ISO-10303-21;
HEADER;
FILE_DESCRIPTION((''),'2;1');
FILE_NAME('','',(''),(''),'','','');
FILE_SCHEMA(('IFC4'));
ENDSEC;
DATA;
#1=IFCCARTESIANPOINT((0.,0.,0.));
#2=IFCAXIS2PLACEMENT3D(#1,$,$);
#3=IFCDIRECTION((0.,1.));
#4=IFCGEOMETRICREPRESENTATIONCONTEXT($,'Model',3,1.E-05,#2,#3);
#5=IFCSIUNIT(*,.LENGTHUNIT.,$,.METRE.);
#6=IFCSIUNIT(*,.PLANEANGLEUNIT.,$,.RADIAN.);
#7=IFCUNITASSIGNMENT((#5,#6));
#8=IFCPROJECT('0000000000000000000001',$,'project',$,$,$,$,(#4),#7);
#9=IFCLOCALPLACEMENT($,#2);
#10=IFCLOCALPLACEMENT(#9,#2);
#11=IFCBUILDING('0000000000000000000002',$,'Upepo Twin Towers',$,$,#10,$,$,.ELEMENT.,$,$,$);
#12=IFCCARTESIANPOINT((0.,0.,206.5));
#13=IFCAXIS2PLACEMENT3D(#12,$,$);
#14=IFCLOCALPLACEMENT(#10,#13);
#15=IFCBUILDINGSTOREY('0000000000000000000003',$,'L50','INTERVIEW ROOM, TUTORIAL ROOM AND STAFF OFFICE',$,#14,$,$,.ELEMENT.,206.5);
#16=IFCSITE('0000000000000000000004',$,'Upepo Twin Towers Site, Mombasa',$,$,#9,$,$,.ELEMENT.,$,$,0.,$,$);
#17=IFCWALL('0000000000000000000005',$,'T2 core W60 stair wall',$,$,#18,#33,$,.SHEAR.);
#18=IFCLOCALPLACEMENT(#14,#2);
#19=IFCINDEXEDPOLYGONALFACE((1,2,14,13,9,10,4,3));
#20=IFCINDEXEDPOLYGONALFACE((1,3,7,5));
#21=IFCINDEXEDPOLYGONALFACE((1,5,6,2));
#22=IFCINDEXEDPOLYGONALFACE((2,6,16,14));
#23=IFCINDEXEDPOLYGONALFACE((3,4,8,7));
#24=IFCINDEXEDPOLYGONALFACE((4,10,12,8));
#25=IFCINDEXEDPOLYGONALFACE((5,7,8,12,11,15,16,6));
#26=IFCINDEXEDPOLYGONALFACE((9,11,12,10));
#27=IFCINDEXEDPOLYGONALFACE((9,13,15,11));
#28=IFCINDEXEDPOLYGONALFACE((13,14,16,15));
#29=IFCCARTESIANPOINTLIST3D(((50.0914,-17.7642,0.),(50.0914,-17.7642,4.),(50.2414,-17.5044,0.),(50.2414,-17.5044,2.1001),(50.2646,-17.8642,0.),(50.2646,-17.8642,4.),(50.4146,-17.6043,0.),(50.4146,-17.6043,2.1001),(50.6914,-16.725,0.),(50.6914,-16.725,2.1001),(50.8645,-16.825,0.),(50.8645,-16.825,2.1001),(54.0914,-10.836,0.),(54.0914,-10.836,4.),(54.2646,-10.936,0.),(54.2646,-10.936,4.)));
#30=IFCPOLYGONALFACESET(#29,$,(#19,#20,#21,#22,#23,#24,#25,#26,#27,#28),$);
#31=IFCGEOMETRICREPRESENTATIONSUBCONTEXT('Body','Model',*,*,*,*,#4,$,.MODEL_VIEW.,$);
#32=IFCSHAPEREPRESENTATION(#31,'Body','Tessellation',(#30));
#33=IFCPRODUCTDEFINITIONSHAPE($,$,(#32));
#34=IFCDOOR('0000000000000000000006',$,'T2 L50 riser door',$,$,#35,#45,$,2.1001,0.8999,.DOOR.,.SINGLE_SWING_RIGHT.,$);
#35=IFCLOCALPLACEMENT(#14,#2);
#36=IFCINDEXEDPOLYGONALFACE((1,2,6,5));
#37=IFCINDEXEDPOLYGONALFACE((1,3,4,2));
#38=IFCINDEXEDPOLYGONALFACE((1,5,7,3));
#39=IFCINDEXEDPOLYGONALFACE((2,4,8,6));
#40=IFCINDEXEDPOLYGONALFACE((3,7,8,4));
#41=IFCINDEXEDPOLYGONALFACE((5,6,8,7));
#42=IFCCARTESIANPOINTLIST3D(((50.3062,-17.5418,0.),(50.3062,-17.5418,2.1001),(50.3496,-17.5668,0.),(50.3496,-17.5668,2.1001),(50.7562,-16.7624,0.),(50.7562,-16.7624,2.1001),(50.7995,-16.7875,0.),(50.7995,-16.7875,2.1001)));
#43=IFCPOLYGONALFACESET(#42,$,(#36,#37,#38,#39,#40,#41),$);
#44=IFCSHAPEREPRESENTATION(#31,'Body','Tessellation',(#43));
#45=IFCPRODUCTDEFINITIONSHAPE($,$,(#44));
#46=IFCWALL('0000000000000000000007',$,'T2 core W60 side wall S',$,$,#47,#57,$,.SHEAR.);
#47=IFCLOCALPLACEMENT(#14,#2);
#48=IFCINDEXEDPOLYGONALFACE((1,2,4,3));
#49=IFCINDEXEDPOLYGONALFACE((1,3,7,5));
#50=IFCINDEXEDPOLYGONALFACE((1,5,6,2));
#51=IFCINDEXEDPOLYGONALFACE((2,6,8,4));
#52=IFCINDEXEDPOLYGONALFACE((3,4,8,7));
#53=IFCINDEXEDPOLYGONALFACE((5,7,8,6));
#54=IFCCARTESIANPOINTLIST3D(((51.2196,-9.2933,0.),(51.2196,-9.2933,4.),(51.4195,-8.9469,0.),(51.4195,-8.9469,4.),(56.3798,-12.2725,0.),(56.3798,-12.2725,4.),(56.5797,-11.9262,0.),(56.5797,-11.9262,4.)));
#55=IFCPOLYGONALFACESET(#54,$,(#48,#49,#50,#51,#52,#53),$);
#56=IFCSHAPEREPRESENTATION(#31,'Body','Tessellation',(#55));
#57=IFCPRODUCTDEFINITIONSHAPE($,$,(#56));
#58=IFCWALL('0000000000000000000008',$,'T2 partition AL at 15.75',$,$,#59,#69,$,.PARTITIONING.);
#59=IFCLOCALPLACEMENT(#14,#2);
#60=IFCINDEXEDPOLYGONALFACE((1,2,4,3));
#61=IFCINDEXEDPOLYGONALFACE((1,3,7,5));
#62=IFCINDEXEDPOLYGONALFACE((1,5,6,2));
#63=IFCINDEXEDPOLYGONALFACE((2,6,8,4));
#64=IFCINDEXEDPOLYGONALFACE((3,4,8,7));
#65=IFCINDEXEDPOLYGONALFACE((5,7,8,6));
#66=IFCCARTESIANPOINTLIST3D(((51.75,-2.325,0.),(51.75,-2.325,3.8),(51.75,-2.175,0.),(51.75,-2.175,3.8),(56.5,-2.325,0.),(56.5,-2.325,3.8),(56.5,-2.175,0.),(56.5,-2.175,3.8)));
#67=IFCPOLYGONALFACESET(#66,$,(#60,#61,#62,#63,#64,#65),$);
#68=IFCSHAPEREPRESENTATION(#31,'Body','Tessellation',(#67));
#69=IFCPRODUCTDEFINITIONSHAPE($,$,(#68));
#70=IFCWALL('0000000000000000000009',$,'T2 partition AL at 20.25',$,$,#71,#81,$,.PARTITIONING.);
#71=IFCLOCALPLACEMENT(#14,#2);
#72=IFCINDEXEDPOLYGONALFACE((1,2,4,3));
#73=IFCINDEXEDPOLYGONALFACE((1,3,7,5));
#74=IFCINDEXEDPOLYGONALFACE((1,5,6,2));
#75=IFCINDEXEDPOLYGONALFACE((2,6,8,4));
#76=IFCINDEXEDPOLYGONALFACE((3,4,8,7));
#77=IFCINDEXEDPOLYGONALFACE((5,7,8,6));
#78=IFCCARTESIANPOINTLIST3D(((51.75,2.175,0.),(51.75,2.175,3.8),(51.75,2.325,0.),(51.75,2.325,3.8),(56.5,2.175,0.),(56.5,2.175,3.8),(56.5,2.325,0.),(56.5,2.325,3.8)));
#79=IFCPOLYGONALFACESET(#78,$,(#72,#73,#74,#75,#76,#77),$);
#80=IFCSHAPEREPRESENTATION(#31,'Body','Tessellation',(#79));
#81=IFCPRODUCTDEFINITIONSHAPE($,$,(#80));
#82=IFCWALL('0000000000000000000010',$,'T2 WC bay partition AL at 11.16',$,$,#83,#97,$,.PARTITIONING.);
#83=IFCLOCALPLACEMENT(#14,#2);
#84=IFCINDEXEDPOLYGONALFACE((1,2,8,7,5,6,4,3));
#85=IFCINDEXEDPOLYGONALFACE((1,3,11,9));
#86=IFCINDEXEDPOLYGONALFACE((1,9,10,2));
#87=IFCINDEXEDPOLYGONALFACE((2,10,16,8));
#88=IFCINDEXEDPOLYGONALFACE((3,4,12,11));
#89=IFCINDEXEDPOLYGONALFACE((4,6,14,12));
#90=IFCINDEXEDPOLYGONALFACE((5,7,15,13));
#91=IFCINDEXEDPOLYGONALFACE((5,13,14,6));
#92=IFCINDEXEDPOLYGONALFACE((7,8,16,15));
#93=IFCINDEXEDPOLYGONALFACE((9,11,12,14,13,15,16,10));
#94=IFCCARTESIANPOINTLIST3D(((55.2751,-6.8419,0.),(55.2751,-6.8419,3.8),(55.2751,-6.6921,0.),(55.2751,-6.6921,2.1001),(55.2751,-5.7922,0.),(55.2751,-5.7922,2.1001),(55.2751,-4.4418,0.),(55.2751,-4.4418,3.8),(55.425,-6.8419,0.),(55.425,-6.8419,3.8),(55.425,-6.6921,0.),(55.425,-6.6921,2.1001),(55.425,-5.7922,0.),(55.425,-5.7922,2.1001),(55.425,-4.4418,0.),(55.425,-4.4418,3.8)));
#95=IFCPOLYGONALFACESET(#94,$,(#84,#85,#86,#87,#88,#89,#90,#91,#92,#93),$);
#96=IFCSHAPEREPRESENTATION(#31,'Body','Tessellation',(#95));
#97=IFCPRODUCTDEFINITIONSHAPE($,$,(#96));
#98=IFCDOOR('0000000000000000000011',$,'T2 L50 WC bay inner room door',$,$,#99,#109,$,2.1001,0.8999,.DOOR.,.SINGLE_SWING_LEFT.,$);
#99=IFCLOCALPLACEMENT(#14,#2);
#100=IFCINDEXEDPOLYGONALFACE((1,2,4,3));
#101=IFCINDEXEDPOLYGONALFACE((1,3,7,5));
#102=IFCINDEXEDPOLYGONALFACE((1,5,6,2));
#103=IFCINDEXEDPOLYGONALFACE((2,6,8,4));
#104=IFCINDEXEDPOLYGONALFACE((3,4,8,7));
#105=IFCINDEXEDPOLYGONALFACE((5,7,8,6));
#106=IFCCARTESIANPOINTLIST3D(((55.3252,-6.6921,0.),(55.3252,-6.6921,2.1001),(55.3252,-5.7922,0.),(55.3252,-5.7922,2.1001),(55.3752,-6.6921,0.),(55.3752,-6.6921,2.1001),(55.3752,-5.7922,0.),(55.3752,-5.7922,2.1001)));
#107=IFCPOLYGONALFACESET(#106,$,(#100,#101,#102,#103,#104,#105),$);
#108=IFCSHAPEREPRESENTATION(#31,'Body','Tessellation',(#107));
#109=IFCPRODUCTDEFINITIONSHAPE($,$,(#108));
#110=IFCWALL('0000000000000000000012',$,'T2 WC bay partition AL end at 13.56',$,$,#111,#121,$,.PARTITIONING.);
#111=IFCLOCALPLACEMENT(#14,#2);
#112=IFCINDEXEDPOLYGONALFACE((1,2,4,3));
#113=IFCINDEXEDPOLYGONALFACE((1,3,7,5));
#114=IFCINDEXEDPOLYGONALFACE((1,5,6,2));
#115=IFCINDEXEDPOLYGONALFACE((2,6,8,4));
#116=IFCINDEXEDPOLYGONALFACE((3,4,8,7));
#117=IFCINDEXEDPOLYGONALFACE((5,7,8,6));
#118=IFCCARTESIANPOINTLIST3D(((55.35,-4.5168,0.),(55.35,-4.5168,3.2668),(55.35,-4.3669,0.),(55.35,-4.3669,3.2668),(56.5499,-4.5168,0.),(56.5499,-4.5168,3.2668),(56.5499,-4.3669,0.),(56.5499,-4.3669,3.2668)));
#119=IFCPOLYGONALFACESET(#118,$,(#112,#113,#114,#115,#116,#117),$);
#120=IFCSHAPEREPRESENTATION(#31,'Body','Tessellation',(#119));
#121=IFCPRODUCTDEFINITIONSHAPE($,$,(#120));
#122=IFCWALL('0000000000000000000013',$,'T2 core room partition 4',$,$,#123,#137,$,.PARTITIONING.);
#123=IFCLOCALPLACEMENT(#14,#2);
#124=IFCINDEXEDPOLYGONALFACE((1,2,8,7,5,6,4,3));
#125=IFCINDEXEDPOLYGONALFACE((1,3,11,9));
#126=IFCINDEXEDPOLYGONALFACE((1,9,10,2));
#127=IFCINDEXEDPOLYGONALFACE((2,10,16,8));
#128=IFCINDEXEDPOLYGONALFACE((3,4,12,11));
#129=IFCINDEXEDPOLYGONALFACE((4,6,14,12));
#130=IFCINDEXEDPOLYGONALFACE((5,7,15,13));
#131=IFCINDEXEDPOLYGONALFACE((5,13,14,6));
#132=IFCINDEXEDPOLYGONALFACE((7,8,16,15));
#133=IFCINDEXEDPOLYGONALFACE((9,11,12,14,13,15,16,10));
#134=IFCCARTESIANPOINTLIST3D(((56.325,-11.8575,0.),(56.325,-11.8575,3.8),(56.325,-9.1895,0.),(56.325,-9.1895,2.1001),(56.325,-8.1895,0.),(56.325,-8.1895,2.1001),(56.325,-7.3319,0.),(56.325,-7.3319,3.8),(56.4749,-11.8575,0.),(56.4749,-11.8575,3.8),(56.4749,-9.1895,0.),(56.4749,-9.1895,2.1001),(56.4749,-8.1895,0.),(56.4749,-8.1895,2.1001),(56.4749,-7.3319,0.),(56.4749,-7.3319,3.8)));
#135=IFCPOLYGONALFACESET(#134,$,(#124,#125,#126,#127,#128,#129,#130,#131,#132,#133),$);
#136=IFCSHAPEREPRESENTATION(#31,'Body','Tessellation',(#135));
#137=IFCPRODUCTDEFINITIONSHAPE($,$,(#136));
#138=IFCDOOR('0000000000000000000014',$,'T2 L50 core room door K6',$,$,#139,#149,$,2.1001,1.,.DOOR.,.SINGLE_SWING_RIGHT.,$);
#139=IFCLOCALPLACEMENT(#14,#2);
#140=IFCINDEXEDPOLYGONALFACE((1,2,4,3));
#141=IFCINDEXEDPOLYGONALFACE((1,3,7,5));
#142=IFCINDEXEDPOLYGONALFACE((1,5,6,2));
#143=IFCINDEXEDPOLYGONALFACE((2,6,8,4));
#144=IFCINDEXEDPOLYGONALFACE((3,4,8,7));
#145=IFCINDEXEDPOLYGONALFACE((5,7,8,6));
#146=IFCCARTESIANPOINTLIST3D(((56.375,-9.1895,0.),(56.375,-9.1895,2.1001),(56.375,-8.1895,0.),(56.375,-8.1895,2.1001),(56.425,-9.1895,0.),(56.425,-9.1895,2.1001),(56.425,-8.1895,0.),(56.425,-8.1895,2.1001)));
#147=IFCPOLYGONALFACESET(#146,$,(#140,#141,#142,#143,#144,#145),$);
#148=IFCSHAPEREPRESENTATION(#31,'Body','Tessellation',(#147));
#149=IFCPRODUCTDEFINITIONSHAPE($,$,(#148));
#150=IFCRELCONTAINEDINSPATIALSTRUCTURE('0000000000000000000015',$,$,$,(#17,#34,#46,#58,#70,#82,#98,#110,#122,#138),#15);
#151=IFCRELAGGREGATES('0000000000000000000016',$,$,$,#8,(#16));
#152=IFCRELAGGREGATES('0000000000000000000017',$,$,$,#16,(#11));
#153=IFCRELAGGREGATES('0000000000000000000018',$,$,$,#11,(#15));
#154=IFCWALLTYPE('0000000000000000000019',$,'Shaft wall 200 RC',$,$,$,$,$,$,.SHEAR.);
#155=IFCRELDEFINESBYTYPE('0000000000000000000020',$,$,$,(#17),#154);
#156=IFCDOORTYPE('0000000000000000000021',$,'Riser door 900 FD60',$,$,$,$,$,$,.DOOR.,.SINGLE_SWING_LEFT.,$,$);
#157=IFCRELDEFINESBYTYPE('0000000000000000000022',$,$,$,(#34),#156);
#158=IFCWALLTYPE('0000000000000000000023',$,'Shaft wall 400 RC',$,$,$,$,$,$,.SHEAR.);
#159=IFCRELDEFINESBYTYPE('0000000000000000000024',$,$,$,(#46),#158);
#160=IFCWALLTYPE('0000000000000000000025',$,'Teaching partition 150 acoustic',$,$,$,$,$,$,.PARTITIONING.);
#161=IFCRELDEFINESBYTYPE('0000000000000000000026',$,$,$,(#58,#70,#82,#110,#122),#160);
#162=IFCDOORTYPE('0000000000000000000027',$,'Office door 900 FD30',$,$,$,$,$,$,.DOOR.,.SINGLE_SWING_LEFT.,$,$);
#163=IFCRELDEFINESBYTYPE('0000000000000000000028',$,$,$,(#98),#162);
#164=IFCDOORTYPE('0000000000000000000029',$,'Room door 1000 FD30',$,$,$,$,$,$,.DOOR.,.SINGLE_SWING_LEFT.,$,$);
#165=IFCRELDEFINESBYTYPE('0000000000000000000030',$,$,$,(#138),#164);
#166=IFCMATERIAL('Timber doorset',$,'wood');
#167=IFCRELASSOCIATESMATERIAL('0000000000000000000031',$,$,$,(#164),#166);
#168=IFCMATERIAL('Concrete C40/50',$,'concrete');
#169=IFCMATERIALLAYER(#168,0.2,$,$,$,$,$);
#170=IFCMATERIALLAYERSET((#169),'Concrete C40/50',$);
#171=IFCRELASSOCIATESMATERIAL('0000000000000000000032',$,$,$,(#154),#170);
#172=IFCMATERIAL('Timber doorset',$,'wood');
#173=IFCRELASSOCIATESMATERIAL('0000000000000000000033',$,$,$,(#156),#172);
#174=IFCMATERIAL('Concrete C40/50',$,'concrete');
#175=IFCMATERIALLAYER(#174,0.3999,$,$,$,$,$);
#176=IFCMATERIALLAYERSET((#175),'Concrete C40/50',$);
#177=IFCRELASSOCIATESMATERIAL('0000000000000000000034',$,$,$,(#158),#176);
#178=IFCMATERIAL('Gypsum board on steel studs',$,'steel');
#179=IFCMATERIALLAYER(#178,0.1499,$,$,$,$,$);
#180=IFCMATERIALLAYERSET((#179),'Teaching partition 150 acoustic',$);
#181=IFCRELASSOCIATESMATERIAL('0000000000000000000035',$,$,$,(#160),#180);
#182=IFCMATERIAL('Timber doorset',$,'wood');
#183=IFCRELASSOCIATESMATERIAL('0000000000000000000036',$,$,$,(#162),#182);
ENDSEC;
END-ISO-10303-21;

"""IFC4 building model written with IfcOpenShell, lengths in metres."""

from ifc_helpers import new_model, si_unit, direction, frame, frame_2d, origin, place, context, subcontext, project, spatial, rectangle, extrude, material, layer, layer_set, type_object, element, fill, save


model = new_model("IFC4")

# Units and contexts
model_context = context("Model", 3, precision=1e-05, world=origin(), true_north=direction((0.0, 1.0)))
body_context = subcontext(model_context, "Body", "Model", "MODEL_VIEW")
ifc_project = project(units=[si_unit("LENGTHUNIT", "METRE"), si_unit("PLANEANGLEUNIT", "RADIAN")], contexts=[model_context])

# Site, building, storey
site_placement = place(None, origin())
site = spatial("IfcSite", under=ifc_project, at=site_placement, Name="Upepo Twin Towers Site, Mombasa", CompositionType="ELEMENT", RefElevation=0.0)
building_placement = place(site_placement, origin())
building = spatial("IfcBuilding", under=site, at=building_placement, Name="Upepo Twin Towers", CompositionType="ELEMENT")
storey_placement = place(building_placement, frame((0.0, 0.0, 206.5)))
storey = spatial("IfcBuildingStorey", under=building, at=storey_placement, Name="L50", Description="INTERVIEW ROOM, TUTORIAL ROOM AND STAFF OFFICE", CompositionType="ELEMENT", Elevation=206.5)

# Shared definitions
ifc_material_1 = material(Name="Timber doorset", Category="wood")
door_type_1 = type_object("IfcDoorType", Name="Room door 1000 FD30", OperationType="SINGLE_SWING_LEFT", PredefinedType="DOOR", material=ifc_material_1)

# Shared definitions
ifc_material_2 = material(Name="Concrete C40/50", Category="concrete")
ifc_layer_1 = layer(ifc_material_2, 0.2)
ifc_layer_set_1 = layer_set([ifc_layer_1], Name="Concrete C40/50")
wall_type_1 = type_object("IfcWallType", Name="Shaft wall 200 RC", PredefinedType="SHEAR", material=ifc_layer_set_1)

# Wall, opening, door
wall_1_placement = place(storey_placement, frame((54.178, -10.886, 0.0), z_axis=(0.0, 0.0, 1.0), x_axis=(-0.499999, -0.866026, 0.0)))
wall_1 = element("IfcWall", 1, at=wall_1_placement, inside=storey, type_object=wall_type_1, Name="T2 core W60 stair wall", PredefinedType="SHEAR", context=body_context, shape_type="SweptSolid", body=[
    extrude(rectangle(XDim=8.0, YDim=0.2, at=frame_2d((4.0, 0.0))), origin(), (0.0, 0.0, 1.0), 4.0),
])
opening_1_placement = place(wall_1_placement, frame((6.8, 0.0, 0.0)))
opening_1 = element("IfcOpeningElement", 2, at=opening_1_placement, cuts=wall_1, PredefinedType="OPENING", context=body_context, shape_type="SweptSolid", body=[
    extrude(rectangle(XDim=0.8999, YDim=2.1001, at=frame_2d((0.45, 1.05))), frame((0.0, 0.1099, 0.0), z_axis=(0.0, -1.0, 0.0), x_axis=(1.0, 0.0, 0.0)), (0.0, 0.0, 1.0), 0.22),
])
ifc_material_3 = material(Name="Timber doorset", Category="wood")
door_type_2 = type_object("IfcDoorType", Name="Riser door 900 FD60", OperationType="SINGLE_SWING_LEFT", PredefinedType="DOOR", material=ifc_material_3)
door_1_placement = place(opening_1_placement, origin())
door_1 = element("IfcDoor", 3, at=door_1_placement, inside=storey, type_object=door_type_2, Name="T2 L50 riser door", OperationType="SINGLE_SWING_RIGHT", OverallHeight=2.1001, OverallWidth=0.8999, PredefinedType="DOOR", context=body_context, shape_type="SweptSolid", body=[
    extrude(rectangle(XDim=0.8999, YDim=2.1001, at=frame_2d((0.45, 1.05))), frame((0.0, 0.0249, 0.0), z_axis=(0.0, -1.0, 0.0), x_axis=(1.0, 0.0, 0.0)), (0.0, 0.0, 1.0), 0.05),
])
fill(opening_1, door_1)

# Walls
ifc_material_4 = material(Name="Concrete C40/50", Category="concrete")
ifc_layer_2 = layer(ifc_material_4, 0.3999)
ifc_layer_set_2 = layer_set([ifc_layer_2], Name="Concrete C40/50")
wall_type_2 = type_object("IfcWallType", Name="Shaft wall 400 RC", PredefinedType="SHEAR", material=ifc_layer_set_2)
wall_2_placement = place(storey_placement, frame((56.4797, -12.0994, 0.0), z_axis=(0.0, 0.0, 1.0), x_axis=(-0.866023, 0.500004, 0.0)))
element("IfcWall", 4, at=wall_2_placement, inside=storey, type_object=wall_type_2, Name="T2 core W60 side wall S", PredefinedType="SHEAR", context=body_context, shape_type="SweptSolid", body=[
    extrude(rectangle(XDim=5.9585, YDim=0.3999, at=frame_2d((2.9792, 0.0))), origin(), (0.0, 0.0, 1.0), 4.0),
])
ifc_material_5 = material(Name="Gypsum board on steel studs", Category="steel")
ifc_layer_3 = layer(ifc_material_5, 0.1499)
ifc_layer_set_3 = layer_set([ifc_layer_3], Name="Teaching partition 150 acoustic")
wall_type_3 = type_object("IfcWallType", Name="Teaching partition 150 acoustic", PredefinedType="PARTITIONING", material=ifc_layer_set_3)
for number, where, z_axis, x_axis, name in (
    (5, (56.5, -2.25, 0.0), (0.0, 0.0, 1.0), (-1.0, 0.0, 0.0), "T2 partition AL at 15.75"),
    (6, (56.5, 2.25, 0.0), (0.0, 0.0, 1.0), (-1.0, 0.0, 0.0), "T2 partition AL at 20.25"),
):
    element("IfcWall", number, at=place(storey_placement, frame(where, z_axis=z_axis, x_axis=x_axis)), inside=storey, type_object=wall_type_3, Name=name, PredefinedType="PARTITIONING", context=body_context, shape_type="SweptSolid", body=[
        extrude(rectangle(XDim=4.75, YDim=0.1499, at=frame_2d((2.375, 0.0))), origin(), (0.0, 0.0, 1.0), 3.8),
    ])

# Wall, opening, door
wall_3_placement = place(storey_placement, frame((55.3501, -6.842, 0.0), z_axis=(0.0, 0.0, 1.0), x_axis=(0.0, 1.0, 0.0)))
wall_3 = element("IfcWall", 7, at=wall_3_placement, inside=storey, type_object=wall_type_3, Name="T2 WC bay partition AL at 11.16", PredefinedType="PARTITIONING", context=body_context, shape_type="SweptSolid", body=[
    extrude(rectangle(XDim=2.4001, YDim=0.1499, at=frame_2d((1.2002, 0.0))), origin(), (0.0, 0.0, 1.0), 3.8),
])
opening_2_placement = place(wall_3_placement, frame((0.1499, 0.0, 0.0)))
opening_2 = element("IfcOpeningElement", 8, at=opening_2_placement, cuts=wall_3, PredefinedType="OPENING", context=body_context, shape_type="SweptSolid", body=[
    extrude(rectangle(XDim=0.8999, YDim=2.1001, at=frame_2d((0.45, 1.05))), frame((0.0, 0.085, 0.0), z_axis=(0.0, -1.0, 0.0), x_axis=(1.0, 0.0, 0.0)), (0.0, 0.0, 1.0), 0.1699),
])
ifc_material_6 = material(Name="Timber doorset", Category="wood")
door_type_3 = type_object("IfcDoorType", Name="Office door 900 FD30", OperationType="SINGLE_SWING_LEFT", PredefinedType="DOOR", material=ifc_material_6)
door_2_placement = place(opening_2_placement, origin())
door_2 = element("IfcDoor", 9, at=door_2_placement, inside=storey, type_object=door_type_3, Name="T2 L50 WC bay inner room door", OperationType="SINGLE_SWING_LEFT", OverallHeight=2.1001, OverallWidth=0.8999, PredefinedType="DOOR", context=body_context, shape_type="SweptSolid", body=[
    extrude(rectangle(XDim=0.8999, YDim=2.1001, at=frame_2d((0.45, 1.05))), frame((0.0, 0.0249, 0.0), z_axis=(0.0, -1.0, 0.0), x_axis=(1.0, 0.0, 0.0)), (0.0, 0.0, 1.0), 0.05),
])
fill(opening_2, door_2)

# Wall
wall_4_placement = place(storey_placement, frame((56.55, -4.4419, 0.0), z_axis=(0.0, 0.0, 1.0), x_axis=(-1.0, 0.0, 0.0)))
element("IfcWall", 10, at=wall_4_placement, inside=storey, type_object=wall_type_3, Name="T2 WC bay partition AL end at 13.56", PredefinedType="PARTITIONING", context=body_context, shape_type="SweptSolid", body=[
    extrude(rectangle(XDim=1.2, YDim=0.1499, at=frame_2d((0.6001, 0.0))), origin(), (0.0, 0.0, 1.0), 3.2668),
])

# Wall, opening, door
wall_5_placement = place(storey_placement, frame((56.3999, -11.8574, 0.0), z_axis=(0.0, 0.0, 1.0), x_axis=(0.0, 1.0, 0.0)))
wall_5 = element("IfcWall", 11, at=wall_5_placement, inside=storey, type_object=wall_type_3, Name="T2 core room partition 4", PredefinedType="PARTITIONING", context=body_context, shape_type="SweptSolid", body=[
    extrude(rectangle(XDim=4.5256, YDim=0.1499, at=frame_2d((2.2627, 0.0))), origin(), (0.0, 0.0, 1.0), 3.8),
])
opening_3_placement = place(wall_5_placement, frame((2.668, 0.0, 0.0)))
opening_3 = element("IfcOpeningElement", 12, at=opening_3_placement, cuts=wall_5, PredefinedType="OPENING", context=body_context, shape_type="SweptSolid", body=[
    extrude(rectangle(XDim=1.0, YDim=2.1001, at=frame_2d((0.5, 1.05))), frame((0.0, 0.085, 0.0), z_axis=(0.0, -1.0, 0.0), x_axis=(1.0, 0.0, 0.0)), (0.0, 0.0, 1.0), 0.1699),
])
door_3_placement = place(opening_3_placement, origin())
door_3 = element("IfcDoor", 13, at=door_3_placement, inside=storey, type_object=door_type_1, Name="T2 L50 core room door K6", OperationType="SINGLE_SWING_RIGHT", OverallHeight=2.1001, OverallWidth=1.0, PredefinedType="DOOR", context=body_context, shape_type="SweptSolid", body=[
    extrude(rectangle(XDim=1.0, YDim=2.1001, at=frame_2d((0.5, 1.05))), frame((0.0, 0.0249, 0.0), z_axis=(0.0, -1.0, 0.0), x_axis=(1.0, 0.0, 0.0)), (0.0, 0.0, 1.0), 0.05),
])
fill(opening_3, door_3)

save(model, "model.ifc")
